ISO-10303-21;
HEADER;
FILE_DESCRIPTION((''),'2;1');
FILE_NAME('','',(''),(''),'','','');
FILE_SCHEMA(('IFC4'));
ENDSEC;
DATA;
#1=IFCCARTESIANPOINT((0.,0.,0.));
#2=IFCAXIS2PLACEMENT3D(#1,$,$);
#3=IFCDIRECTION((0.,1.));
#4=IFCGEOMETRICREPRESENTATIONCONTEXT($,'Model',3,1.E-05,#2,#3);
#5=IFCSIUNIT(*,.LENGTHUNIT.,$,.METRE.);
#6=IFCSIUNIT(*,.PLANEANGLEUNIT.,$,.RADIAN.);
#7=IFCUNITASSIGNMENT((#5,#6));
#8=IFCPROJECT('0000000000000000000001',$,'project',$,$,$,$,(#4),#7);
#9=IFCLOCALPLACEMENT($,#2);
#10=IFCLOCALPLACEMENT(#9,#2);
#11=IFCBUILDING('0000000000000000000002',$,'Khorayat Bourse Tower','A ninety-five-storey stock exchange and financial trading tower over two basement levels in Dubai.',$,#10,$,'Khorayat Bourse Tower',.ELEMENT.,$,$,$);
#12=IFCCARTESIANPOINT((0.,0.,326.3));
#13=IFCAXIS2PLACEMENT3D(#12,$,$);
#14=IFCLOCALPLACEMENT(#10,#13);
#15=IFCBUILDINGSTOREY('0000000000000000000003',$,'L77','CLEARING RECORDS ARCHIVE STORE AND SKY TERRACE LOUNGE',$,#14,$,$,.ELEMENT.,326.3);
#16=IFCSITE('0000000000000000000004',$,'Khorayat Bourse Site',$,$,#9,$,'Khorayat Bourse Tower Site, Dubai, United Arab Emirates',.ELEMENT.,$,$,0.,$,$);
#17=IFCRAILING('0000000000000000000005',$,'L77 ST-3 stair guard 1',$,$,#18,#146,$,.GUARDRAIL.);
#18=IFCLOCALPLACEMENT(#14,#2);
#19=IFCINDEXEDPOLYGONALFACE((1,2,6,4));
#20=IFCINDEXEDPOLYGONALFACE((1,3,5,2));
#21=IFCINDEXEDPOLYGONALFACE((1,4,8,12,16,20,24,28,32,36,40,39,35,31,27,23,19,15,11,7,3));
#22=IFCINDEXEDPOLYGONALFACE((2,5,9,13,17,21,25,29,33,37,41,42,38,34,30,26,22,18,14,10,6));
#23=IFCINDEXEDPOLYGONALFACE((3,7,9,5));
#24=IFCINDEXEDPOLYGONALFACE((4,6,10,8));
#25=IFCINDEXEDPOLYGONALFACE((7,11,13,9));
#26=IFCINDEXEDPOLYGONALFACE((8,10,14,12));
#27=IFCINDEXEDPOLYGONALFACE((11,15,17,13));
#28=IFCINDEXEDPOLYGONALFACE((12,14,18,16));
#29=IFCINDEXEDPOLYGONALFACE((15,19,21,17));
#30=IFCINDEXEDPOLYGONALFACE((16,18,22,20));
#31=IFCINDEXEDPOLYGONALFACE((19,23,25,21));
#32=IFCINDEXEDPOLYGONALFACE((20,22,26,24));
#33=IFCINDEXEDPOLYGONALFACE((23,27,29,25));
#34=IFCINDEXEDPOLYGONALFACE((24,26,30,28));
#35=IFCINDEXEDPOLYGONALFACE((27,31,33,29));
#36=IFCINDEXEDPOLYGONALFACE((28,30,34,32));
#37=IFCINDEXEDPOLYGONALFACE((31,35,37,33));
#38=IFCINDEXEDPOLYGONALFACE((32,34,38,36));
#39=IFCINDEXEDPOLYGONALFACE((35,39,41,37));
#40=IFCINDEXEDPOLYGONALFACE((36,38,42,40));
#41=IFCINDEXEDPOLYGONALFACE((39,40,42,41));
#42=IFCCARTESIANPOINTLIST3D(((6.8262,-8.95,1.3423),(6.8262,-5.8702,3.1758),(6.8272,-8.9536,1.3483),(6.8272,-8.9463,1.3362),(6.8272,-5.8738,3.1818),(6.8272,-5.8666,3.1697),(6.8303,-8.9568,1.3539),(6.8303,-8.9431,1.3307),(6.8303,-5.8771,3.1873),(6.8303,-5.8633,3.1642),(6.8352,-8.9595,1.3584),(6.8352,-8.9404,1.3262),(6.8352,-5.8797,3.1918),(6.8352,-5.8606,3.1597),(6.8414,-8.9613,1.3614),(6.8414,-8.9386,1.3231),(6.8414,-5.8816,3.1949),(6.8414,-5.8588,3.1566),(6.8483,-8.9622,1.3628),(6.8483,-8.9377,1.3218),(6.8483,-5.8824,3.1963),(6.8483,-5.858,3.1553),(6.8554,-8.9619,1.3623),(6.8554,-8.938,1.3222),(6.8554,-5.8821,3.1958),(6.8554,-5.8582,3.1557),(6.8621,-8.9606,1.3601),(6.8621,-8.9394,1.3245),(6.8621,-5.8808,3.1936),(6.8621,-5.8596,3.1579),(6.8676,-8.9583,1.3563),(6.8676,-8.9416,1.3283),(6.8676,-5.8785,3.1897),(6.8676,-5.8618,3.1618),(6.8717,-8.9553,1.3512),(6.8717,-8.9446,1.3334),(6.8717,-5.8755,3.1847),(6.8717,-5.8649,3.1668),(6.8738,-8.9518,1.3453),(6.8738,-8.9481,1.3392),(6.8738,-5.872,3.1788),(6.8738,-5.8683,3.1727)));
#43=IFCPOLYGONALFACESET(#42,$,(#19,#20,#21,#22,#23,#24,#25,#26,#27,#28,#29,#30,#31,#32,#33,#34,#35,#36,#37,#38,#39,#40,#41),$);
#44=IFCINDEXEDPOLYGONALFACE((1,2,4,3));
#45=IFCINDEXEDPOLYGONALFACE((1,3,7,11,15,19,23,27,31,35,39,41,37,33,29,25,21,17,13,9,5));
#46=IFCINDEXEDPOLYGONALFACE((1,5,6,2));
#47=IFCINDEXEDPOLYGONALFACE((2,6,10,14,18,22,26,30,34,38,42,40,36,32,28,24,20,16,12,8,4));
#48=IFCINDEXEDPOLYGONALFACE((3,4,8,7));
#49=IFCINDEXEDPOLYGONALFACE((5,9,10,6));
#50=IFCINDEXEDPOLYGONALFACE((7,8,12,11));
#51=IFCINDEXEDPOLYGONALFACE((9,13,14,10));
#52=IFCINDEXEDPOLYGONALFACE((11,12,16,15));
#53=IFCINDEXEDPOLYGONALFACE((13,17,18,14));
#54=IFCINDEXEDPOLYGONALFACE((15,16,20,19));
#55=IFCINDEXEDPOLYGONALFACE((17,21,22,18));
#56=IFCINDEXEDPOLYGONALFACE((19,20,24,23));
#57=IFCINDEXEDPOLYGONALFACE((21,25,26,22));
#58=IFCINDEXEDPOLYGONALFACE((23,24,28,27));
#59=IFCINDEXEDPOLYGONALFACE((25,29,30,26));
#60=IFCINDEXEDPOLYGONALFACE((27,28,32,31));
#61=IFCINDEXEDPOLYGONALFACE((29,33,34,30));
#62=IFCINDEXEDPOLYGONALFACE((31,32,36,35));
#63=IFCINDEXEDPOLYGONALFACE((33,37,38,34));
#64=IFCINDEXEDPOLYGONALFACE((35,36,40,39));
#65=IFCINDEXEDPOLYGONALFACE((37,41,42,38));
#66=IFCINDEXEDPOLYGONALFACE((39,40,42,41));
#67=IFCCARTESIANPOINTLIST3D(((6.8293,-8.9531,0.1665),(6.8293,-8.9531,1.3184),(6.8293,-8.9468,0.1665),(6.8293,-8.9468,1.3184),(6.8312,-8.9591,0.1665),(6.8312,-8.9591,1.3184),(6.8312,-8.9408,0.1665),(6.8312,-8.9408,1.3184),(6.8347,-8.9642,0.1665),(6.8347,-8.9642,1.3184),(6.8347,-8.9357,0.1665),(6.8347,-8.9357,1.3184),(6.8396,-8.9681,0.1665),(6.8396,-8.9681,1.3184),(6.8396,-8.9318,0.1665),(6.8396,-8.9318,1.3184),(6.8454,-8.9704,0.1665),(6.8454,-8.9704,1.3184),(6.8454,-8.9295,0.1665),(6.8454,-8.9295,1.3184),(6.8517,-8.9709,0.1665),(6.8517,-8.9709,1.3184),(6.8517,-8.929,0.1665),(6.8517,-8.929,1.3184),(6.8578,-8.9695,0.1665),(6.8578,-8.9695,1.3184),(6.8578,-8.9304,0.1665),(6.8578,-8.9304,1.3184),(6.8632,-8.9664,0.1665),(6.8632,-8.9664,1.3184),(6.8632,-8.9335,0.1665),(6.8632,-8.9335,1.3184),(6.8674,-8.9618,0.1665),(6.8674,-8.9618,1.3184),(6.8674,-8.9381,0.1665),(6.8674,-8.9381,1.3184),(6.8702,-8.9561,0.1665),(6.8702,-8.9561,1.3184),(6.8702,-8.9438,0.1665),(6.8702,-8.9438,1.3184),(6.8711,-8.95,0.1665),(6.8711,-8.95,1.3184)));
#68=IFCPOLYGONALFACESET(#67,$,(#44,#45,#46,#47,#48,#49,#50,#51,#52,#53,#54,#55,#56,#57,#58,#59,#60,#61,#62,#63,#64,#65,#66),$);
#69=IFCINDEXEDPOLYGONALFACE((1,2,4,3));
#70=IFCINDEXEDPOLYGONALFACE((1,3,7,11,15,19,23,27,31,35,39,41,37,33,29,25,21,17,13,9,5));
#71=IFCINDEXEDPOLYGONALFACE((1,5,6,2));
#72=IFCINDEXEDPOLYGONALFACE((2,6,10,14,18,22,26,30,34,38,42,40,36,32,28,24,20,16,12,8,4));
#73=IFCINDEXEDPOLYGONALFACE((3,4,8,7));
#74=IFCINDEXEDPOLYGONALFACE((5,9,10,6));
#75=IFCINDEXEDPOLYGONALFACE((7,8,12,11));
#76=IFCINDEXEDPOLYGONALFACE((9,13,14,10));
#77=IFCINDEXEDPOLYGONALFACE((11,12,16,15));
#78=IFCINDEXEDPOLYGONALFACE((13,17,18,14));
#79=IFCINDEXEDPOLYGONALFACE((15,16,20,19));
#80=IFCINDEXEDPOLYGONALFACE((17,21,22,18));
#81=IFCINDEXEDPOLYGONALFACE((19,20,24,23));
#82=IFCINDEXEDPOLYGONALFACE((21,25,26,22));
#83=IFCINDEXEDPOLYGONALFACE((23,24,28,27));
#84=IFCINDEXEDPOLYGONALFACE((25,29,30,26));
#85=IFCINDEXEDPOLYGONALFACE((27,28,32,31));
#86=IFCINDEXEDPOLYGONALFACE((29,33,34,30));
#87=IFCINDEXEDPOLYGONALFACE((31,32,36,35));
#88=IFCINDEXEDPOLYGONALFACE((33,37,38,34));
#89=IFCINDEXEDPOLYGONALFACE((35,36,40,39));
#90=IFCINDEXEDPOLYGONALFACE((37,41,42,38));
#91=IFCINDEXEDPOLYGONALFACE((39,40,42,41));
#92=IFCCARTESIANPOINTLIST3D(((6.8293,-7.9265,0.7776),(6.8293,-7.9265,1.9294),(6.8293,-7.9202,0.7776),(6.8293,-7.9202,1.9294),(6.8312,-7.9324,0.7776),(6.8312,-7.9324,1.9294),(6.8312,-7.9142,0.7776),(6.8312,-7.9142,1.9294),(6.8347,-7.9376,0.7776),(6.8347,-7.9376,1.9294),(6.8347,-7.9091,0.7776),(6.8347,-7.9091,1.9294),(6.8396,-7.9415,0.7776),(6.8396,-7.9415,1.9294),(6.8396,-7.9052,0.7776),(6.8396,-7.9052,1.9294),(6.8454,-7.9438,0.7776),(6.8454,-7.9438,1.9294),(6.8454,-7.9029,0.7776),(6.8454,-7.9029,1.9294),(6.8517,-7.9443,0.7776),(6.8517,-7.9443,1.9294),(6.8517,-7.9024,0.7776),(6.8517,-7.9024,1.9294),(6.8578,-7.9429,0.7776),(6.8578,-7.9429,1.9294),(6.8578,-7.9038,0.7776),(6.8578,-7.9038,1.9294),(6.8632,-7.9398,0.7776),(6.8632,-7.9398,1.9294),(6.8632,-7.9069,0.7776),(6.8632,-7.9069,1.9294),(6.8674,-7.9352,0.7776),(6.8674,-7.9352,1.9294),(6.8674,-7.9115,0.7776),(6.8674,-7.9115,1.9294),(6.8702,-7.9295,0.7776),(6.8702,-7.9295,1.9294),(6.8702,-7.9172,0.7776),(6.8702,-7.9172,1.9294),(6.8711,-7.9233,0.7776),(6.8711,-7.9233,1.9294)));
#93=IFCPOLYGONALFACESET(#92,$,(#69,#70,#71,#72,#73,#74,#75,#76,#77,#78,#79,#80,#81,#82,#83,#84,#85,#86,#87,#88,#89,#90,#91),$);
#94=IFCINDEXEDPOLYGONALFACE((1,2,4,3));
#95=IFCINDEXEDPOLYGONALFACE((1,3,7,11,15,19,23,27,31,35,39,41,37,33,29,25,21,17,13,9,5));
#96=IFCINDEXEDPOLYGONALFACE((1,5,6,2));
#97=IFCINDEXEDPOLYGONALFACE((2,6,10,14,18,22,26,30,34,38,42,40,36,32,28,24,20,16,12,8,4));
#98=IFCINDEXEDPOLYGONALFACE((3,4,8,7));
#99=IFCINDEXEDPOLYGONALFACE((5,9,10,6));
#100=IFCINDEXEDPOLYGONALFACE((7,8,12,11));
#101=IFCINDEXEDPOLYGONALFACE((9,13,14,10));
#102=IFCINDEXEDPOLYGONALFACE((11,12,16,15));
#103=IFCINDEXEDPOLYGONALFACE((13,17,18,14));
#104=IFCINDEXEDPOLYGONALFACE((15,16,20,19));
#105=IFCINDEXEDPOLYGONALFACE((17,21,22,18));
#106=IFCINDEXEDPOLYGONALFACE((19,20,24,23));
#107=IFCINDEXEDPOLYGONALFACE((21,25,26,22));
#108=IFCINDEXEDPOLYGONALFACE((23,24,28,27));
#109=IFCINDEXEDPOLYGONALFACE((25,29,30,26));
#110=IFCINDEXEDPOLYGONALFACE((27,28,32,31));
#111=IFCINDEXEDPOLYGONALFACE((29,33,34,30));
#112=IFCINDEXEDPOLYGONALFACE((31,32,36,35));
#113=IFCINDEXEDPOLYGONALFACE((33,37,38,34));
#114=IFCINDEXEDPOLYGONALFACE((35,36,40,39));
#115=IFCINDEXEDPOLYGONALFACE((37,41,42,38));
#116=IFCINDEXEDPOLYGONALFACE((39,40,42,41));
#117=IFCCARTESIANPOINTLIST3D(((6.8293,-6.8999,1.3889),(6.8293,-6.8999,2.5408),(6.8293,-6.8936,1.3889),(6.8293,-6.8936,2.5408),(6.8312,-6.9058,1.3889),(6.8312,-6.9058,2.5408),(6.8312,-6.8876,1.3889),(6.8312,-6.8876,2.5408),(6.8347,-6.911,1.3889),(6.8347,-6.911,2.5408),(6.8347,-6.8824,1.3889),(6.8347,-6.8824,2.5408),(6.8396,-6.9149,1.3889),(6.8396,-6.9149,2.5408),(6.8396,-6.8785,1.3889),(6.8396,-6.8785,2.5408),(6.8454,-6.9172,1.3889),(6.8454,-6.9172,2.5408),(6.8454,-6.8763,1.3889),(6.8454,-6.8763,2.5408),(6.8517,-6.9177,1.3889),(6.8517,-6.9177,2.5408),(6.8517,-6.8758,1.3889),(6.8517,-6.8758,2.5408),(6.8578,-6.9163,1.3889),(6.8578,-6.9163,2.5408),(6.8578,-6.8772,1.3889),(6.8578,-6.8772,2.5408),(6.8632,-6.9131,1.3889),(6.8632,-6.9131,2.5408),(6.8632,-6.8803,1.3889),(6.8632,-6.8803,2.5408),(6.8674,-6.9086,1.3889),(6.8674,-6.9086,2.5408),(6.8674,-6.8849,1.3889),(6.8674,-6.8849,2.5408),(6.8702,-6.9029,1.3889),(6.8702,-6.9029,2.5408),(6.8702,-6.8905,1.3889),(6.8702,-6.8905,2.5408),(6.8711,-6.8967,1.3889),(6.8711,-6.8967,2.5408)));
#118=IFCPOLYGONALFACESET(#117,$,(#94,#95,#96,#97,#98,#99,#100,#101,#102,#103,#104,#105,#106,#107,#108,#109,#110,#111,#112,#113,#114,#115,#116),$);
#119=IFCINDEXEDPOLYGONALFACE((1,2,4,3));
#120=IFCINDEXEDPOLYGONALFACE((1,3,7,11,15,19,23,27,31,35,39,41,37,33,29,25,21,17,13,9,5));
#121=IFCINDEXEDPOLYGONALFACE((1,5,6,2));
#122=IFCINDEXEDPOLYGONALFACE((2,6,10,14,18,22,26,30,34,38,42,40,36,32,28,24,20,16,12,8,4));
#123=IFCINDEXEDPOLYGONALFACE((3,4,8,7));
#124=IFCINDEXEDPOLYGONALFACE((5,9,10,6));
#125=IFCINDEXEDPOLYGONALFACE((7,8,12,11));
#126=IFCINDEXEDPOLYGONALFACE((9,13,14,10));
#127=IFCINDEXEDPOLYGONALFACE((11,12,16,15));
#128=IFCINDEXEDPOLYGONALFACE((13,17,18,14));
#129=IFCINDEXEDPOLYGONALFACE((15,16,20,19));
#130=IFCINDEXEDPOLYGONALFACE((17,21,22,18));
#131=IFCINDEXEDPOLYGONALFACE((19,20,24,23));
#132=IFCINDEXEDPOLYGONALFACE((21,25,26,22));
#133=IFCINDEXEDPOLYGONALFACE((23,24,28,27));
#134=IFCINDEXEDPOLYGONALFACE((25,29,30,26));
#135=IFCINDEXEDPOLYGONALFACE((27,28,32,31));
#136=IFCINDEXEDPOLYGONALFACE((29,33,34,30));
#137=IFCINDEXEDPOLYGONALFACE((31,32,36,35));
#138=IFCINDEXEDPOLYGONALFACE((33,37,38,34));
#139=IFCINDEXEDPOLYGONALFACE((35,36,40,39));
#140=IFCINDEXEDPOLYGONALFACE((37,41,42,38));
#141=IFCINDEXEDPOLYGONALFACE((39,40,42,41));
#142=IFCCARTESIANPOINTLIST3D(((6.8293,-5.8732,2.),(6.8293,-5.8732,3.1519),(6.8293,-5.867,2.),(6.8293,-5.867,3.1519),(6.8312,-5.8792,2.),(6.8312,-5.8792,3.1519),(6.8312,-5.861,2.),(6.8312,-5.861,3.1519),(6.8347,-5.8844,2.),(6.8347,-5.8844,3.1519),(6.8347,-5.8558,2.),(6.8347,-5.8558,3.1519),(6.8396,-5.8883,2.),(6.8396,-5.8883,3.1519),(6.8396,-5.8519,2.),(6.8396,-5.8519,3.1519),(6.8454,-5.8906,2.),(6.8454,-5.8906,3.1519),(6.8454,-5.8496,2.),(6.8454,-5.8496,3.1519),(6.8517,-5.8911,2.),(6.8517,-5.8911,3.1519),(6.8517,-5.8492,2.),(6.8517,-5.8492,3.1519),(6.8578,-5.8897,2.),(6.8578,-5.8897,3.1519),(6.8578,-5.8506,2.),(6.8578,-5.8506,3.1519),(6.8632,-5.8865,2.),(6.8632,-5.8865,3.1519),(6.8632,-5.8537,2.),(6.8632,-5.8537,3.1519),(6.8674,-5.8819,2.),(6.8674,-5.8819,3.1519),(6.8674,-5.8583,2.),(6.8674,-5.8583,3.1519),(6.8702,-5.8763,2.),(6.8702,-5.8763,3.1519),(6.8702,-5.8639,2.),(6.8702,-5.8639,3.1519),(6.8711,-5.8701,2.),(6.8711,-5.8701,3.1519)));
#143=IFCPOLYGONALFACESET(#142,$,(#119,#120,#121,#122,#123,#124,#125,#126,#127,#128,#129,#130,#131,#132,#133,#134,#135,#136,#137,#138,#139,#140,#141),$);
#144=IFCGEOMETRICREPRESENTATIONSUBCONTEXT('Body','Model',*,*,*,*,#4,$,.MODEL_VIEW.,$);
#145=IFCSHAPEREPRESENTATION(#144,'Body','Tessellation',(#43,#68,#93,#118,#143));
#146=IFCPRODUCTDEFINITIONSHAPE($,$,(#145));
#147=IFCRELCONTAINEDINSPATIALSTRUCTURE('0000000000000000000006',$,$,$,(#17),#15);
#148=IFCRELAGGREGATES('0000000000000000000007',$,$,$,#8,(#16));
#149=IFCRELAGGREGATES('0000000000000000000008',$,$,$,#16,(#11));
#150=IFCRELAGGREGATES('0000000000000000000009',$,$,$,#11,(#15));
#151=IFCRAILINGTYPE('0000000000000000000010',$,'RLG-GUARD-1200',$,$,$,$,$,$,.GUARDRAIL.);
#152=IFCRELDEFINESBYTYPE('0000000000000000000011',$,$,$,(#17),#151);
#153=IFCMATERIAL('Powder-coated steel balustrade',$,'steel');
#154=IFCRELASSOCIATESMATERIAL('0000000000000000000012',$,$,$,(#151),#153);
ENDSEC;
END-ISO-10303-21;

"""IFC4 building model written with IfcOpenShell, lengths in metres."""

from ifc_helpers import new_model, si_unit, direction, frame, origin, origin_2d, place, context, subcontext, project, spatial, circle, extrude, source, transform, mapped, material, type_object, element, save


model = new_model("IFC4")

# Units and contexts
model_context = context("Model", 3, precision=1e-05, world=origin(), true_north=direction((0.0, 1.0)))
body_context = subcontext(model_context, "Body", "Model", "MODEL_VIEW")
ifc_project = project(units=[si_unit("LENGTHUNIT", "METRE"), si_unit("PLANEANGLEUNIT", "RADIAN")], contexts=[model_context])

# Site, building, storey
site_placement = place(None, origin())
site = spatial("IfcSite", under=ifc_project, at=site_placement, Name="Khorayat Bourse Site", LongName="Khorayat Bourse Tower Site, Dubai, United Arab Emirates", CompositionType="ELEMENT", RefElevation=0.0)
building_placement = place(site_placement, origin())
building = spatial("IfcBuilding", under=site, at=building_placement, Name="Khorayat Bourse Tower", Description="A ninety-five-storey stock exchange and financial trading tower over two basement levels in Dubai.", LongName="Khorayat Bourse Tower", CompositionType="ELEMENT")
storey_placement = place(building_placement, frame((0.0, 0.0, 326.3)))
storey = spatial("IfcBuildingStorey", under=building, at=storey_placement, Name="L77", Description="CLEARING RECORDS ARCHIVE STORE AND SKY TERRACE LOUNGE", CompositionType="ELEMENT", Elevation=326.3)

# Railing
ifc_material_1 = material(Name="Powder-coated steel balustrade", Category="steel")
railing_type_1 = type_object("IfcRailingType", Name="RLG-GUARD-1200", PredefinedType="GUARDRAIL", material=ifc_material_1)
shared_shape_1 = source(origin(), body_context, "Body", "SweptSolid", [
    extrude(circle(Radius=0.0239, at=origin_2d()), frame((0.0, 0.0, 1.1758), z_axis=(0.0, 0.859261, 0.511538), x_axis=(-1.0, 0.0, 0.0)), (0.0, 0.0, 1.0), 3.5842),
    extrude(circle(Radius=0.021, at=origin_2d()), origin(), (0.0, 0.0, 1.0), 1.1519),
    extrude(circle(Radius=0.021, at=origin_2d()), frame((0.0, 1.0266, 0.6111)), (0.0, 0.0, 1.0), 1.1519),
    extrude(circle(Radius=0.021, at=origin_2d()), frame((0.0, 2.0532, 1.2224)), (0.0, 0.0, 1.0), 1.1519),
    extrude(circle(Radius=0.021, at=origin_2d()), frame((0.0, 3.0798, 1.8335)), (0.0, 0.0, 1.0), 1.1519),
])
railing_1_placement = place(storey_placement, frame((6.8501, -8.95, 0.1665)))
element("IfcRailing", 1, at=railing_1_placement, inside=storey, type_object=railing_type_1, Name="L77 ST-3 stair guard 1", PredefinedType="GUARDRAIL", context=body_context, shape_type="MappedRepresentation", body=[
    mapped(shared_shape_1, transform((0.0, 0.0, 0.0), scale=1.0)),
])

save(model, "model.ifc")
